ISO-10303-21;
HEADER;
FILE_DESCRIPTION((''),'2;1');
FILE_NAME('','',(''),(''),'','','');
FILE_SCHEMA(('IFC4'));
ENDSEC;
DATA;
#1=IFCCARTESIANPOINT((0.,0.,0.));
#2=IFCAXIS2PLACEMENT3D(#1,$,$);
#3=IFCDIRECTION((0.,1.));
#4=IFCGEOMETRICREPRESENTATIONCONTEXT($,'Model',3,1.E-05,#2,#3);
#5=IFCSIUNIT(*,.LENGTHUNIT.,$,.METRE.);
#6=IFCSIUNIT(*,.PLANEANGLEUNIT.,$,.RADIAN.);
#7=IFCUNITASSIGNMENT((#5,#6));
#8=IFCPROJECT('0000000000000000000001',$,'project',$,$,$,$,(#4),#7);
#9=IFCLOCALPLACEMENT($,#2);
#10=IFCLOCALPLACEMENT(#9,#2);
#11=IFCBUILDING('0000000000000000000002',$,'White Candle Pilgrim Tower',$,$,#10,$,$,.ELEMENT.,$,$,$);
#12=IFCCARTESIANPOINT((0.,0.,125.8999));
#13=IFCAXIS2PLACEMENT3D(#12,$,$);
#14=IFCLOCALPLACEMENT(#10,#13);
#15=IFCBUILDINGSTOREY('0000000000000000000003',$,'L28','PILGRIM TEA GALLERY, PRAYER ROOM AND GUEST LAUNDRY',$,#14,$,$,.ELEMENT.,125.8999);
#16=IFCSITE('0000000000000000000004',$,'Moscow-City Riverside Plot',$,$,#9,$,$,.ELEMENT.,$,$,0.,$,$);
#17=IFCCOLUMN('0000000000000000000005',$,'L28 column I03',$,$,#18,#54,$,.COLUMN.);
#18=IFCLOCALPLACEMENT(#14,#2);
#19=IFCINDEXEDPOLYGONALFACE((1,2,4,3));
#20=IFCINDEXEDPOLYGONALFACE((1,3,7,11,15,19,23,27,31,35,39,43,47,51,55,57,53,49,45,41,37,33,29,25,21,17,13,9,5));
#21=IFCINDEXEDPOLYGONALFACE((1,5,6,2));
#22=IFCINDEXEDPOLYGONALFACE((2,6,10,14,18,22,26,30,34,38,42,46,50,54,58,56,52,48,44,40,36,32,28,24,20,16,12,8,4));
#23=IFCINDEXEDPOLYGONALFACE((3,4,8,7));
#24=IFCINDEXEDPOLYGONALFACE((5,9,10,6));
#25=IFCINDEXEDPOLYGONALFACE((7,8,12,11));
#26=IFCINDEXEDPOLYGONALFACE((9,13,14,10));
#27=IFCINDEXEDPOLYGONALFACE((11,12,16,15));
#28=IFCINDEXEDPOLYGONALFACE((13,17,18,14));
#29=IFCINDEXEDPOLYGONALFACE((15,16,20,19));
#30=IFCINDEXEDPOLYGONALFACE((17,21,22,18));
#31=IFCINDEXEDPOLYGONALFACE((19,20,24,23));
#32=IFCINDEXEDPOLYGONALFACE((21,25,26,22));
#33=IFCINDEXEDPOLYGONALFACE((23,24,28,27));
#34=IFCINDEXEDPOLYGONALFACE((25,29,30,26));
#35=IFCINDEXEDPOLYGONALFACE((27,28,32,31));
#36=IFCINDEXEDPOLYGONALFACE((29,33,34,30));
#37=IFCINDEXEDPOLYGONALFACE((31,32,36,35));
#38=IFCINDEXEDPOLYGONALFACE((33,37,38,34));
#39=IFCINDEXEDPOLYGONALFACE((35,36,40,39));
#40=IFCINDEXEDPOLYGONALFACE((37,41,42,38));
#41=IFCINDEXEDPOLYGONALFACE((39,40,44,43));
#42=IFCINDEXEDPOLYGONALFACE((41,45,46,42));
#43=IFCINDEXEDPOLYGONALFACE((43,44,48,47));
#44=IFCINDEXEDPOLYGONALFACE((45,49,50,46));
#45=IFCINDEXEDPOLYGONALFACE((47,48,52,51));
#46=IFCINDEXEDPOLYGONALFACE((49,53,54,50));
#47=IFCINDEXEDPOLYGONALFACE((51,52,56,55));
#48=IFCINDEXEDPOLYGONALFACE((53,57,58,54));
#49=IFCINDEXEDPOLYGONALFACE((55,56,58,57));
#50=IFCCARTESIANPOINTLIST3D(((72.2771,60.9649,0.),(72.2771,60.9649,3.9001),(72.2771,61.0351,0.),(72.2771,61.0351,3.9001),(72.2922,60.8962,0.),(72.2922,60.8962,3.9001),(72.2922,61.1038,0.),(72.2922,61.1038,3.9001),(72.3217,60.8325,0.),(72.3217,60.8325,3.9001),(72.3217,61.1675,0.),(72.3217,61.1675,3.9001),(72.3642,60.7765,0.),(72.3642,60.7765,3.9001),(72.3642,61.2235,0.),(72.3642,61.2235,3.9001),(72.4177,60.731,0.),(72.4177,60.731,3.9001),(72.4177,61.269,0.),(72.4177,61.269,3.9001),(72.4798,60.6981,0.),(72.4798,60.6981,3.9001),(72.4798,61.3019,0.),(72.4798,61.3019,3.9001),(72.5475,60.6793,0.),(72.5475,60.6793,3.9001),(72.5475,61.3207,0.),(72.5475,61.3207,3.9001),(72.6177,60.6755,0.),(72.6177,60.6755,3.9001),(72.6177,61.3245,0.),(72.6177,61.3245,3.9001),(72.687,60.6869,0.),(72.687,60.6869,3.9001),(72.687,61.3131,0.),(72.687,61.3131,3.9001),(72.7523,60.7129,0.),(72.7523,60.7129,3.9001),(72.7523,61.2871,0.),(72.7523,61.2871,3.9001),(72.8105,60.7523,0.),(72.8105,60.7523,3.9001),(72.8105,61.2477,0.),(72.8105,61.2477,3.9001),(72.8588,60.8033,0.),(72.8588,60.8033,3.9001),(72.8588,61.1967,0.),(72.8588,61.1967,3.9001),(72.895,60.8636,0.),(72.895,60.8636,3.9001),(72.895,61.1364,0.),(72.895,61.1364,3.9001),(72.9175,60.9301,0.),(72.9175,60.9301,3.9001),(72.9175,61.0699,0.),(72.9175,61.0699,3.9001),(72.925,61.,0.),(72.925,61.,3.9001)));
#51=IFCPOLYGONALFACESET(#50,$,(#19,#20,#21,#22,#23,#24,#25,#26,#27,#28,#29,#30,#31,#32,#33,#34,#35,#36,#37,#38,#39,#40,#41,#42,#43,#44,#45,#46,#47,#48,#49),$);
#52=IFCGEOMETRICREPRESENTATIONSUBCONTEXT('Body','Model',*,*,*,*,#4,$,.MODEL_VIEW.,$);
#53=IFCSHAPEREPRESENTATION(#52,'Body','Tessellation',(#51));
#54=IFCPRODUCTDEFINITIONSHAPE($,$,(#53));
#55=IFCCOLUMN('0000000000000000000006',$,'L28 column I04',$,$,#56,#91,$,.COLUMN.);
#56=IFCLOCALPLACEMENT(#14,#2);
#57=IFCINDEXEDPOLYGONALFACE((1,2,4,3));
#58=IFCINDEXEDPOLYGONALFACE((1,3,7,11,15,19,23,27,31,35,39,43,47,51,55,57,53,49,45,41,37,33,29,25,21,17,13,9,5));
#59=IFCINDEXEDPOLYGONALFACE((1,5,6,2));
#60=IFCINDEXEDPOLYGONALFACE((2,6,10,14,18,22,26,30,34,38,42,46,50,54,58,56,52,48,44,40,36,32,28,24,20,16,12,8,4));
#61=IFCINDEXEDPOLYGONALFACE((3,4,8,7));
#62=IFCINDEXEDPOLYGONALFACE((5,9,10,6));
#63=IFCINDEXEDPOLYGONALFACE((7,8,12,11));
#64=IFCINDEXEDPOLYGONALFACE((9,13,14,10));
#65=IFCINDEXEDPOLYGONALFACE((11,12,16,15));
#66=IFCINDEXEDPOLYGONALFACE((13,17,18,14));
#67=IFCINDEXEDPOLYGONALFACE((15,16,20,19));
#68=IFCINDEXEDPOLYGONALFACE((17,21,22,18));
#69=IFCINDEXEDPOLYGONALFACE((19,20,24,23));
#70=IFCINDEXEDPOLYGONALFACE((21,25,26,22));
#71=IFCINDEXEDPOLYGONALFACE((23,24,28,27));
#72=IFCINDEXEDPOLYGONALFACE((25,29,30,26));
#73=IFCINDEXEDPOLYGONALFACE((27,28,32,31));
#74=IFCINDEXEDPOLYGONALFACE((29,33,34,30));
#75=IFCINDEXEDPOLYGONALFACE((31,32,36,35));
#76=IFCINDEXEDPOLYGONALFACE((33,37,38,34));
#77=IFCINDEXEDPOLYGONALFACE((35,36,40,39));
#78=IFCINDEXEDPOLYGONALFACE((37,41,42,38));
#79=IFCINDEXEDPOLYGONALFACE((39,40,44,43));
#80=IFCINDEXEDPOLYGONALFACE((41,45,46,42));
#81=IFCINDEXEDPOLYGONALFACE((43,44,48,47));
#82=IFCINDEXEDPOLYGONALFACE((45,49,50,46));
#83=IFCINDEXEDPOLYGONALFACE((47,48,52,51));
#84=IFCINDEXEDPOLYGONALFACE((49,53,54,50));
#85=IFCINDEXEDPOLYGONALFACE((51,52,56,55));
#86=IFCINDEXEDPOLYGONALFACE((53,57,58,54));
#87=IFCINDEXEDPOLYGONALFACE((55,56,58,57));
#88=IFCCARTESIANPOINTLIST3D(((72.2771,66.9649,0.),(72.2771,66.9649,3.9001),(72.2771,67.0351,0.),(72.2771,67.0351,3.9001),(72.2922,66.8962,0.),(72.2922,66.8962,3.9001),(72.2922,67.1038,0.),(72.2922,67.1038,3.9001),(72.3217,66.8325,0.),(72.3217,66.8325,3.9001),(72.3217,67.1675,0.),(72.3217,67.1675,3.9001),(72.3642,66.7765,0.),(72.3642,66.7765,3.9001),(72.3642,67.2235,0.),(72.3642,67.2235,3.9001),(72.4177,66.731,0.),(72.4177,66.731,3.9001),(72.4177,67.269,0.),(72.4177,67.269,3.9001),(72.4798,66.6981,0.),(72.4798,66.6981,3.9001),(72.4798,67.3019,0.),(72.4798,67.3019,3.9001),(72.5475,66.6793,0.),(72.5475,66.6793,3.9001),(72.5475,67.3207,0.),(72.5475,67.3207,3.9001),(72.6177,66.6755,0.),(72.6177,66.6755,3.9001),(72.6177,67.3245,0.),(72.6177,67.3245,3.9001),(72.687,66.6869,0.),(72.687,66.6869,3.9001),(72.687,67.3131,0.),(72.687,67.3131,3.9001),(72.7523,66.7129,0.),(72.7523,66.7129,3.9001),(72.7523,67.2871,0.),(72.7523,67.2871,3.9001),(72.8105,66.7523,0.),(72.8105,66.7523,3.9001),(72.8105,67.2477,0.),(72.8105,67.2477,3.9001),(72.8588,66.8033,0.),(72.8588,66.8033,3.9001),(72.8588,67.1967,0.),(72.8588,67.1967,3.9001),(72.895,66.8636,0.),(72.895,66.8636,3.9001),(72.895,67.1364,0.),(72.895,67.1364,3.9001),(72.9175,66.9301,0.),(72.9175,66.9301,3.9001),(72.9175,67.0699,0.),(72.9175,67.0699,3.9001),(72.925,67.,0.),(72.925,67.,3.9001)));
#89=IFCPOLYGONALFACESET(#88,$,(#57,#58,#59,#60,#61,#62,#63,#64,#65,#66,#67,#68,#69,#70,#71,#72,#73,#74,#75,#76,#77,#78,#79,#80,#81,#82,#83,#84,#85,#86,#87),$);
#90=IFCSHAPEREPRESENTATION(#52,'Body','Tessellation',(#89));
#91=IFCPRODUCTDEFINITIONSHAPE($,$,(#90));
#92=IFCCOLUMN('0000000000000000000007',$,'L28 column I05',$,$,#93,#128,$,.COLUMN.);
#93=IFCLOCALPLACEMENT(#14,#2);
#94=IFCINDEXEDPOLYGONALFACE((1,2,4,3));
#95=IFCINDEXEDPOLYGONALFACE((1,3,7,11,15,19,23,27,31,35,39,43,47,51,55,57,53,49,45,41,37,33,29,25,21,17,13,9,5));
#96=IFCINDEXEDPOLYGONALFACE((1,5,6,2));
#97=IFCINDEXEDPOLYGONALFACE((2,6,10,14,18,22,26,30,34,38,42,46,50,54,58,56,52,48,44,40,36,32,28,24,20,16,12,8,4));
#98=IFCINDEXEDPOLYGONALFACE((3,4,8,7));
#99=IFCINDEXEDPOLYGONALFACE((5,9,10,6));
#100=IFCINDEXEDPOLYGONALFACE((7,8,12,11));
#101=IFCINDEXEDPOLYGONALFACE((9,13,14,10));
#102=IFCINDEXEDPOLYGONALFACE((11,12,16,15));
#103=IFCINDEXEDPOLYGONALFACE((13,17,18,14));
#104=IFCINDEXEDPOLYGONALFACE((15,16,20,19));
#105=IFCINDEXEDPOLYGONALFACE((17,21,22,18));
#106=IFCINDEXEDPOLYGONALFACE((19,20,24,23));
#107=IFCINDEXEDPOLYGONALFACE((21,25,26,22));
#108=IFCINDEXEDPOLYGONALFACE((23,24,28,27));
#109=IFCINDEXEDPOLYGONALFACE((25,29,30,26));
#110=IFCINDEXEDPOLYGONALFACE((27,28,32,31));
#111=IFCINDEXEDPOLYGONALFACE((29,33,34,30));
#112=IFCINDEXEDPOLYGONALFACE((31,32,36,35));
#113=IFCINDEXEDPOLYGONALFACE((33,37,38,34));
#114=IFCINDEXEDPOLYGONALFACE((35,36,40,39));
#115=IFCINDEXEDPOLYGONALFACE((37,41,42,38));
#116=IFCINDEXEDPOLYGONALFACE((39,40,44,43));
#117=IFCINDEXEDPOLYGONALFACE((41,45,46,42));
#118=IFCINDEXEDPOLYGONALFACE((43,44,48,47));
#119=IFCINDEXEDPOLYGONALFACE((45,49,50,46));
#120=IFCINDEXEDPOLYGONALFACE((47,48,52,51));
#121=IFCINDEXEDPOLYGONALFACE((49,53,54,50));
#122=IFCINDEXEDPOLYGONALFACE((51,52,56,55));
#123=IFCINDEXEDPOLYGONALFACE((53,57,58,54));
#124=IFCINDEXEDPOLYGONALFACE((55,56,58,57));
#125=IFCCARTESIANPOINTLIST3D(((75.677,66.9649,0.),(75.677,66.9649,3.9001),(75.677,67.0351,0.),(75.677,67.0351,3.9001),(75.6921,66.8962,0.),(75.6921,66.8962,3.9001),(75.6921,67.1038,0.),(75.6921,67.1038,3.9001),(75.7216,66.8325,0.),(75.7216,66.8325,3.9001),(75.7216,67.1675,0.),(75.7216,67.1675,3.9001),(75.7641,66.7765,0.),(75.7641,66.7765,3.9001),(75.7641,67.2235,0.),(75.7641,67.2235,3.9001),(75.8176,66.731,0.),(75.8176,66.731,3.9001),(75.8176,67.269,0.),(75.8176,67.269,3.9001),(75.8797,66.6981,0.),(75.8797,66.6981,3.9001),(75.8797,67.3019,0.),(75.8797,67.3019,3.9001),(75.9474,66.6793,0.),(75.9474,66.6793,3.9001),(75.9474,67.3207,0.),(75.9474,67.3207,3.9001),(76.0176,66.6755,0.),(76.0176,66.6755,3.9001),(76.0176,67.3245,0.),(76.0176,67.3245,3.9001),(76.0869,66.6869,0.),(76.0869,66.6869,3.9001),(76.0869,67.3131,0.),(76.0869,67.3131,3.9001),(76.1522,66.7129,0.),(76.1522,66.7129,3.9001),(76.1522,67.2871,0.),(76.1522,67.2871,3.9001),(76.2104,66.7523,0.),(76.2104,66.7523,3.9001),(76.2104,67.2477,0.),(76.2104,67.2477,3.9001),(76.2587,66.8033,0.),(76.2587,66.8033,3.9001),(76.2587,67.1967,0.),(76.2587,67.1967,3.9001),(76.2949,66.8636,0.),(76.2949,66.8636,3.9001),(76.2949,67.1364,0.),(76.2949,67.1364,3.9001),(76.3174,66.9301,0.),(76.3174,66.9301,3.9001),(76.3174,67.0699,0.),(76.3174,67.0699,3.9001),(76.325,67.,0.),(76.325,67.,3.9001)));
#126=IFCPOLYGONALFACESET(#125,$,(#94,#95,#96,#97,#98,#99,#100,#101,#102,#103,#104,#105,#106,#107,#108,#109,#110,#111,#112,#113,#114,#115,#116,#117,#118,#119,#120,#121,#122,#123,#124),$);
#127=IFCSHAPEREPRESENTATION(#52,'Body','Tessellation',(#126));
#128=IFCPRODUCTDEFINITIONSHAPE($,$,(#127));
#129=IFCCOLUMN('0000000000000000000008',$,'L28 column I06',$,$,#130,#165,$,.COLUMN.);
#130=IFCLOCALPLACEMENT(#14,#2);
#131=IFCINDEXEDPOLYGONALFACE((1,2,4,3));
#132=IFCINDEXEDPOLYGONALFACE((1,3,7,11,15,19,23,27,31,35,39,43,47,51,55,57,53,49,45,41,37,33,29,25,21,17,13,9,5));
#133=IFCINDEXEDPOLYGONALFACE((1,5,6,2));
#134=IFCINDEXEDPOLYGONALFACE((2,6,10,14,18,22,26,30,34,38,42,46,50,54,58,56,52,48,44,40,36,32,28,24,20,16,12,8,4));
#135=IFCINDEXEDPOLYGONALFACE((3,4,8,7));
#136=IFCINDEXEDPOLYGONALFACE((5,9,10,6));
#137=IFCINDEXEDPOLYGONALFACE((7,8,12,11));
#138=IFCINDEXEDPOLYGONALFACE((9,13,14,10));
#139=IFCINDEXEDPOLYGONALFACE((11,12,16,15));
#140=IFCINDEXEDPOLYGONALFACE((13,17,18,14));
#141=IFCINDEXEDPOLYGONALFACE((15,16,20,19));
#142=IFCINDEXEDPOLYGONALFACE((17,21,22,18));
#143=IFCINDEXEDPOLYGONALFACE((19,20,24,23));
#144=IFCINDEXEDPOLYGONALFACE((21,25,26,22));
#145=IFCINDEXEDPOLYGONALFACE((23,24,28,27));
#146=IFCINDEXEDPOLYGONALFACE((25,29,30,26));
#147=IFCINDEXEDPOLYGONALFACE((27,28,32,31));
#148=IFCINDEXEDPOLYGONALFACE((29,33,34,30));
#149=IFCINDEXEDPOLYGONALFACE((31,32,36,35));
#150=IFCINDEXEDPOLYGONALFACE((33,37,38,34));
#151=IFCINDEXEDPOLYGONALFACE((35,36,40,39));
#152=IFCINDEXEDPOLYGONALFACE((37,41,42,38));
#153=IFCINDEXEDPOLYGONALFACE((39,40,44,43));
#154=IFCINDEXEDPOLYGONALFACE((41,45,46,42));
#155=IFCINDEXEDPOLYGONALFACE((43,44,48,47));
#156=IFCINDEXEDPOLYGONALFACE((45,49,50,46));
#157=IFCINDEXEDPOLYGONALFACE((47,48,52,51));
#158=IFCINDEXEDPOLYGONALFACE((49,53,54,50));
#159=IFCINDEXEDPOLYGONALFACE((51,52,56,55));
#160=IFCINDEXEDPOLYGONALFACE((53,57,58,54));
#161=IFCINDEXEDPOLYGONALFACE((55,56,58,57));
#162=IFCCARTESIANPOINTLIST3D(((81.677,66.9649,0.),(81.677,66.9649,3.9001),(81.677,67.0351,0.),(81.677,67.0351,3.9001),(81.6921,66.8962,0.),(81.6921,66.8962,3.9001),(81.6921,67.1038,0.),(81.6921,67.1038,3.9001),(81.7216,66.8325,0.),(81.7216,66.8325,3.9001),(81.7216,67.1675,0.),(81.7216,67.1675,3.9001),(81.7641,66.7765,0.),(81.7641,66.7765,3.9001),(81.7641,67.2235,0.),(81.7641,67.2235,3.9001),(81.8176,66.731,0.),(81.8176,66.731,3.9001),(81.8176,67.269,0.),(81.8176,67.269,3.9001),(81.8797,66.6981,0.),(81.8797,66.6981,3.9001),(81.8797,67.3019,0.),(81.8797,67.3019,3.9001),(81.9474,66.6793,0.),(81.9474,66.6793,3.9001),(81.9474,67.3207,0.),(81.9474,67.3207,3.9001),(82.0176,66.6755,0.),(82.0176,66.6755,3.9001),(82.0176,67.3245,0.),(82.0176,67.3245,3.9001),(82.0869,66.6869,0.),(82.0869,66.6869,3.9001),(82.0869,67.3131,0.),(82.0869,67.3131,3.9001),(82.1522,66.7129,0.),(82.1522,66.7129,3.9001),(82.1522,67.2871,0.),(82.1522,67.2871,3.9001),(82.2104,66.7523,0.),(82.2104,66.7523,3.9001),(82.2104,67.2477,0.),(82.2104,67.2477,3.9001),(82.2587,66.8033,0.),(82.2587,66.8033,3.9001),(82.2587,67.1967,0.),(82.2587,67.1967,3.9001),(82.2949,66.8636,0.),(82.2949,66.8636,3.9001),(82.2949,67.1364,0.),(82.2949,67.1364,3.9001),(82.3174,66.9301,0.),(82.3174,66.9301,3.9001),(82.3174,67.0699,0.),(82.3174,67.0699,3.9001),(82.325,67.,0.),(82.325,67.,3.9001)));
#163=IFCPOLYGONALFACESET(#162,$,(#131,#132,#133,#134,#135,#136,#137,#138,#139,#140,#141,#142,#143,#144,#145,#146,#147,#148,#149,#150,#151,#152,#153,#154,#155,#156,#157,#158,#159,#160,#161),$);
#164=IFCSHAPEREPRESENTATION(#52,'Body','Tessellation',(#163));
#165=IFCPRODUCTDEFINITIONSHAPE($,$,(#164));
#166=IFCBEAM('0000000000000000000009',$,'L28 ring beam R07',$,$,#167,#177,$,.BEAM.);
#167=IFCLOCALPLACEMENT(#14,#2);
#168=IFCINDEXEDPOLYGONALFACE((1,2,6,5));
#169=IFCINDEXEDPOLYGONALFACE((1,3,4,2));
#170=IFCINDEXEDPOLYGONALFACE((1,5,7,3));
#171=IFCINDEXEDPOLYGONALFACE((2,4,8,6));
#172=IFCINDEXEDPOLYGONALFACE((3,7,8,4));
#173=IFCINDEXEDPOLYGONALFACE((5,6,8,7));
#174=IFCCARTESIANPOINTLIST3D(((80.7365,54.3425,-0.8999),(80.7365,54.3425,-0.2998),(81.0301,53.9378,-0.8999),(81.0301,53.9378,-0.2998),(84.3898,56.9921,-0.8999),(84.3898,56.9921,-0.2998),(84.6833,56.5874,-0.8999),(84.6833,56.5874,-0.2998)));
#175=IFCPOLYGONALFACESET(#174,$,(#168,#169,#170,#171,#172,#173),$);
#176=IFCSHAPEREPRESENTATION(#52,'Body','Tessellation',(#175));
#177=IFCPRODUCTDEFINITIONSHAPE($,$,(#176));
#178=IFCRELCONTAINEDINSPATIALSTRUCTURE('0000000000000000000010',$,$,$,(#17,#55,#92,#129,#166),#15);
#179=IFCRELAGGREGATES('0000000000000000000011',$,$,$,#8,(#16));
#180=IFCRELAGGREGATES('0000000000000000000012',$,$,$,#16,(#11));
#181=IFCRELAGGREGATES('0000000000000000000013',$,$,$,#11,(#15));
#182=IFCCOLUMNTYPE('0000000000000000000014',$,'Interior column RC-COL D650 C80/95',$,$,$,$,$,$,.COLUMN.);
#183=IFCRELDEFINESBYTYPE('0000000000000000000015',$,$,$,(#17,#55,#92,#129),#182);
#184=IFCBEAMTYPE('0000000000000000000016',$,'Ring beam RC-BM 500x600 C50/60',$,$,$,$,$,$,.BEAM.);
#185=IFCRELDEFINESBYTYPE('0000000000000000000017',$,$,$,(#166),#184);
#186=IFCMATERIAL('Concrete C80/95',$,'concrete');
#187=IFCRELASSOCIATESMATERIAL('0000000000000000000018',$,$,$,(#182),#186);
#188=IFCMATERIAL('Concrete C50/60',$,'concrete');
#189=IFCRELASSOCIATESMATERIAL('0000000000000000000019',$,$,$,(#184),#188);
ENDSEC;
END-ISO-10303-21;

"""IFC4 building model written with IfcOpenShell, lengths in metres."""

from ifc_helpers import new_model, si_unit, direction, frame, origin, origin_2d, place, context, subcontext, project, spatial, rectangle, circle, extrude, material, material_profile, profile_set, type_object, element, save


model = new_model("IFC4")

# Units and contexts
model_context = context("Model", 3, precision=1e-05, world=origin(), true_north=direction((0.0, 1.0)))
body_context = subcontext(model_context, "Body", "Model", "MODEL_VIEW")
ifc_project = project(units=[si_unit("LENGTHUNIT", "METRE"), si_unit("PLANEANGLEUNIT", "RADIAN")], contexts=[model_context])

# Site, building, storey
site_placement = place(None, origin())
site = spatial("IfcSite", under=ifc_project, at=site_placement, Name="Moscow-City Riverside Plot", CompositionType="ELEMENT", RefElevation=0.0)
building_placement = place(site_placement, origin())
building = spatial("IfcBuilding", under=site, at=building_placement, Name="White Candle Pilgrim Tower", CompositionType="ELEMENT")
storey_placement = place(building_placement, frame((0.0, 0.0, 125.8999)))
storey = spatial("IfcBuildingStorey", under=building, at=storey_placement, Name="L28", Description="PILGRIM TEA GALLERY, PRAYER ROOM AND GUEST LAUNDRY", CompositionType="ELEMENT", Elevation=125.8999)

# Columns
ifc_material_1 = material(Name="Concrete C80/95", Category="concrete")
ifc_material_profile_1 = material_profile(ifc_material_1, circle(Radius=0.325, at=origin_2d()), Name="RC-COL D650")
ifc_profile_set_1 = profile_set([ifc_material_profile_1], Name="Concrete C80/95")
column_type = type_object("IfcColumnType", Name="Interior column RC-COL D650 C80/95", PredefinedType="COLUMN", material=ifc_profile_set_1)
for number, where, z_axis, x_axis, name in (
    (1, (72.6001, 61.0, 0.0), (0.0, 0.0, 1.0), (1.0, 0.0, 0.0), "L28 column I03"),
    (2, (72.6001, 67.0, 0.0), (0.0, 0.0, 1.0), (1.0, 0.0, 0.0), "L28 column I04"),
    (3, (76.0, 67.0, 0.0), (0.0, 0.0, 1.0), (1.0, 0.0, 0.0), "L28 column I05"),
    (4, (82.0, 67.0, 0.0), (0.0, 0.0, 1.0), (1.0, 0.0, 0.0), "L28 column I06"),
):
    element("IfcColumn", number, at=place(storey_placement, frame(where, z_axis=z_axis, x_axis=x_axis)), inside=storey, type_object=column_type, Name=name, PredefinedType="COLUMN", context=body_context, shape_type="SweptSolid", body=[
        extrude(circle(Radius=0.325, at=origin_2d()), origin(), (0.0, 0.0, 1.0), 3.9001),
    ])

# Beam
ifc_material_2 = material(Name="Concrete C50/60", Category="concrete")
ifc_material_profile_2 = material_profile(ifc_material_2, rectangle(XDim=0.5, YDim=0.6001, at=origin_2d()), Name="RC-BM 500x600")
ifc_profile_set_2 = profile_set([ifc_material_profile_2], Name="Concrete C50/60")
beam_type = type_object("IfcBeamType", Name="Ring beam RC-BM 500x600 C50/60", PredefinedType="BEAM", material=ifc_profile_set_2)
beam_placement = place(storey_placement, frame((80.8833, 54.1401, -0.5999), z_axis=(0.809505, 0.587113, 0.0), x_axis=(-0.587113, 0.809505, 0.0)))
element("IfcBeam", 5, at=beam_placement, inside=storey, type_object=beam_type, Name="L28 ring beam R07", PredefinedType="BEAM", context=body_context, shape_type="SweptSolid", body=[
    extrude(rectangle(XDim=0.5, YDim=0.6001, at=origin_2d()), origin(), (0.0, 0.0, 1.0), 4.5129),
])

save(model, "model.ifc")
